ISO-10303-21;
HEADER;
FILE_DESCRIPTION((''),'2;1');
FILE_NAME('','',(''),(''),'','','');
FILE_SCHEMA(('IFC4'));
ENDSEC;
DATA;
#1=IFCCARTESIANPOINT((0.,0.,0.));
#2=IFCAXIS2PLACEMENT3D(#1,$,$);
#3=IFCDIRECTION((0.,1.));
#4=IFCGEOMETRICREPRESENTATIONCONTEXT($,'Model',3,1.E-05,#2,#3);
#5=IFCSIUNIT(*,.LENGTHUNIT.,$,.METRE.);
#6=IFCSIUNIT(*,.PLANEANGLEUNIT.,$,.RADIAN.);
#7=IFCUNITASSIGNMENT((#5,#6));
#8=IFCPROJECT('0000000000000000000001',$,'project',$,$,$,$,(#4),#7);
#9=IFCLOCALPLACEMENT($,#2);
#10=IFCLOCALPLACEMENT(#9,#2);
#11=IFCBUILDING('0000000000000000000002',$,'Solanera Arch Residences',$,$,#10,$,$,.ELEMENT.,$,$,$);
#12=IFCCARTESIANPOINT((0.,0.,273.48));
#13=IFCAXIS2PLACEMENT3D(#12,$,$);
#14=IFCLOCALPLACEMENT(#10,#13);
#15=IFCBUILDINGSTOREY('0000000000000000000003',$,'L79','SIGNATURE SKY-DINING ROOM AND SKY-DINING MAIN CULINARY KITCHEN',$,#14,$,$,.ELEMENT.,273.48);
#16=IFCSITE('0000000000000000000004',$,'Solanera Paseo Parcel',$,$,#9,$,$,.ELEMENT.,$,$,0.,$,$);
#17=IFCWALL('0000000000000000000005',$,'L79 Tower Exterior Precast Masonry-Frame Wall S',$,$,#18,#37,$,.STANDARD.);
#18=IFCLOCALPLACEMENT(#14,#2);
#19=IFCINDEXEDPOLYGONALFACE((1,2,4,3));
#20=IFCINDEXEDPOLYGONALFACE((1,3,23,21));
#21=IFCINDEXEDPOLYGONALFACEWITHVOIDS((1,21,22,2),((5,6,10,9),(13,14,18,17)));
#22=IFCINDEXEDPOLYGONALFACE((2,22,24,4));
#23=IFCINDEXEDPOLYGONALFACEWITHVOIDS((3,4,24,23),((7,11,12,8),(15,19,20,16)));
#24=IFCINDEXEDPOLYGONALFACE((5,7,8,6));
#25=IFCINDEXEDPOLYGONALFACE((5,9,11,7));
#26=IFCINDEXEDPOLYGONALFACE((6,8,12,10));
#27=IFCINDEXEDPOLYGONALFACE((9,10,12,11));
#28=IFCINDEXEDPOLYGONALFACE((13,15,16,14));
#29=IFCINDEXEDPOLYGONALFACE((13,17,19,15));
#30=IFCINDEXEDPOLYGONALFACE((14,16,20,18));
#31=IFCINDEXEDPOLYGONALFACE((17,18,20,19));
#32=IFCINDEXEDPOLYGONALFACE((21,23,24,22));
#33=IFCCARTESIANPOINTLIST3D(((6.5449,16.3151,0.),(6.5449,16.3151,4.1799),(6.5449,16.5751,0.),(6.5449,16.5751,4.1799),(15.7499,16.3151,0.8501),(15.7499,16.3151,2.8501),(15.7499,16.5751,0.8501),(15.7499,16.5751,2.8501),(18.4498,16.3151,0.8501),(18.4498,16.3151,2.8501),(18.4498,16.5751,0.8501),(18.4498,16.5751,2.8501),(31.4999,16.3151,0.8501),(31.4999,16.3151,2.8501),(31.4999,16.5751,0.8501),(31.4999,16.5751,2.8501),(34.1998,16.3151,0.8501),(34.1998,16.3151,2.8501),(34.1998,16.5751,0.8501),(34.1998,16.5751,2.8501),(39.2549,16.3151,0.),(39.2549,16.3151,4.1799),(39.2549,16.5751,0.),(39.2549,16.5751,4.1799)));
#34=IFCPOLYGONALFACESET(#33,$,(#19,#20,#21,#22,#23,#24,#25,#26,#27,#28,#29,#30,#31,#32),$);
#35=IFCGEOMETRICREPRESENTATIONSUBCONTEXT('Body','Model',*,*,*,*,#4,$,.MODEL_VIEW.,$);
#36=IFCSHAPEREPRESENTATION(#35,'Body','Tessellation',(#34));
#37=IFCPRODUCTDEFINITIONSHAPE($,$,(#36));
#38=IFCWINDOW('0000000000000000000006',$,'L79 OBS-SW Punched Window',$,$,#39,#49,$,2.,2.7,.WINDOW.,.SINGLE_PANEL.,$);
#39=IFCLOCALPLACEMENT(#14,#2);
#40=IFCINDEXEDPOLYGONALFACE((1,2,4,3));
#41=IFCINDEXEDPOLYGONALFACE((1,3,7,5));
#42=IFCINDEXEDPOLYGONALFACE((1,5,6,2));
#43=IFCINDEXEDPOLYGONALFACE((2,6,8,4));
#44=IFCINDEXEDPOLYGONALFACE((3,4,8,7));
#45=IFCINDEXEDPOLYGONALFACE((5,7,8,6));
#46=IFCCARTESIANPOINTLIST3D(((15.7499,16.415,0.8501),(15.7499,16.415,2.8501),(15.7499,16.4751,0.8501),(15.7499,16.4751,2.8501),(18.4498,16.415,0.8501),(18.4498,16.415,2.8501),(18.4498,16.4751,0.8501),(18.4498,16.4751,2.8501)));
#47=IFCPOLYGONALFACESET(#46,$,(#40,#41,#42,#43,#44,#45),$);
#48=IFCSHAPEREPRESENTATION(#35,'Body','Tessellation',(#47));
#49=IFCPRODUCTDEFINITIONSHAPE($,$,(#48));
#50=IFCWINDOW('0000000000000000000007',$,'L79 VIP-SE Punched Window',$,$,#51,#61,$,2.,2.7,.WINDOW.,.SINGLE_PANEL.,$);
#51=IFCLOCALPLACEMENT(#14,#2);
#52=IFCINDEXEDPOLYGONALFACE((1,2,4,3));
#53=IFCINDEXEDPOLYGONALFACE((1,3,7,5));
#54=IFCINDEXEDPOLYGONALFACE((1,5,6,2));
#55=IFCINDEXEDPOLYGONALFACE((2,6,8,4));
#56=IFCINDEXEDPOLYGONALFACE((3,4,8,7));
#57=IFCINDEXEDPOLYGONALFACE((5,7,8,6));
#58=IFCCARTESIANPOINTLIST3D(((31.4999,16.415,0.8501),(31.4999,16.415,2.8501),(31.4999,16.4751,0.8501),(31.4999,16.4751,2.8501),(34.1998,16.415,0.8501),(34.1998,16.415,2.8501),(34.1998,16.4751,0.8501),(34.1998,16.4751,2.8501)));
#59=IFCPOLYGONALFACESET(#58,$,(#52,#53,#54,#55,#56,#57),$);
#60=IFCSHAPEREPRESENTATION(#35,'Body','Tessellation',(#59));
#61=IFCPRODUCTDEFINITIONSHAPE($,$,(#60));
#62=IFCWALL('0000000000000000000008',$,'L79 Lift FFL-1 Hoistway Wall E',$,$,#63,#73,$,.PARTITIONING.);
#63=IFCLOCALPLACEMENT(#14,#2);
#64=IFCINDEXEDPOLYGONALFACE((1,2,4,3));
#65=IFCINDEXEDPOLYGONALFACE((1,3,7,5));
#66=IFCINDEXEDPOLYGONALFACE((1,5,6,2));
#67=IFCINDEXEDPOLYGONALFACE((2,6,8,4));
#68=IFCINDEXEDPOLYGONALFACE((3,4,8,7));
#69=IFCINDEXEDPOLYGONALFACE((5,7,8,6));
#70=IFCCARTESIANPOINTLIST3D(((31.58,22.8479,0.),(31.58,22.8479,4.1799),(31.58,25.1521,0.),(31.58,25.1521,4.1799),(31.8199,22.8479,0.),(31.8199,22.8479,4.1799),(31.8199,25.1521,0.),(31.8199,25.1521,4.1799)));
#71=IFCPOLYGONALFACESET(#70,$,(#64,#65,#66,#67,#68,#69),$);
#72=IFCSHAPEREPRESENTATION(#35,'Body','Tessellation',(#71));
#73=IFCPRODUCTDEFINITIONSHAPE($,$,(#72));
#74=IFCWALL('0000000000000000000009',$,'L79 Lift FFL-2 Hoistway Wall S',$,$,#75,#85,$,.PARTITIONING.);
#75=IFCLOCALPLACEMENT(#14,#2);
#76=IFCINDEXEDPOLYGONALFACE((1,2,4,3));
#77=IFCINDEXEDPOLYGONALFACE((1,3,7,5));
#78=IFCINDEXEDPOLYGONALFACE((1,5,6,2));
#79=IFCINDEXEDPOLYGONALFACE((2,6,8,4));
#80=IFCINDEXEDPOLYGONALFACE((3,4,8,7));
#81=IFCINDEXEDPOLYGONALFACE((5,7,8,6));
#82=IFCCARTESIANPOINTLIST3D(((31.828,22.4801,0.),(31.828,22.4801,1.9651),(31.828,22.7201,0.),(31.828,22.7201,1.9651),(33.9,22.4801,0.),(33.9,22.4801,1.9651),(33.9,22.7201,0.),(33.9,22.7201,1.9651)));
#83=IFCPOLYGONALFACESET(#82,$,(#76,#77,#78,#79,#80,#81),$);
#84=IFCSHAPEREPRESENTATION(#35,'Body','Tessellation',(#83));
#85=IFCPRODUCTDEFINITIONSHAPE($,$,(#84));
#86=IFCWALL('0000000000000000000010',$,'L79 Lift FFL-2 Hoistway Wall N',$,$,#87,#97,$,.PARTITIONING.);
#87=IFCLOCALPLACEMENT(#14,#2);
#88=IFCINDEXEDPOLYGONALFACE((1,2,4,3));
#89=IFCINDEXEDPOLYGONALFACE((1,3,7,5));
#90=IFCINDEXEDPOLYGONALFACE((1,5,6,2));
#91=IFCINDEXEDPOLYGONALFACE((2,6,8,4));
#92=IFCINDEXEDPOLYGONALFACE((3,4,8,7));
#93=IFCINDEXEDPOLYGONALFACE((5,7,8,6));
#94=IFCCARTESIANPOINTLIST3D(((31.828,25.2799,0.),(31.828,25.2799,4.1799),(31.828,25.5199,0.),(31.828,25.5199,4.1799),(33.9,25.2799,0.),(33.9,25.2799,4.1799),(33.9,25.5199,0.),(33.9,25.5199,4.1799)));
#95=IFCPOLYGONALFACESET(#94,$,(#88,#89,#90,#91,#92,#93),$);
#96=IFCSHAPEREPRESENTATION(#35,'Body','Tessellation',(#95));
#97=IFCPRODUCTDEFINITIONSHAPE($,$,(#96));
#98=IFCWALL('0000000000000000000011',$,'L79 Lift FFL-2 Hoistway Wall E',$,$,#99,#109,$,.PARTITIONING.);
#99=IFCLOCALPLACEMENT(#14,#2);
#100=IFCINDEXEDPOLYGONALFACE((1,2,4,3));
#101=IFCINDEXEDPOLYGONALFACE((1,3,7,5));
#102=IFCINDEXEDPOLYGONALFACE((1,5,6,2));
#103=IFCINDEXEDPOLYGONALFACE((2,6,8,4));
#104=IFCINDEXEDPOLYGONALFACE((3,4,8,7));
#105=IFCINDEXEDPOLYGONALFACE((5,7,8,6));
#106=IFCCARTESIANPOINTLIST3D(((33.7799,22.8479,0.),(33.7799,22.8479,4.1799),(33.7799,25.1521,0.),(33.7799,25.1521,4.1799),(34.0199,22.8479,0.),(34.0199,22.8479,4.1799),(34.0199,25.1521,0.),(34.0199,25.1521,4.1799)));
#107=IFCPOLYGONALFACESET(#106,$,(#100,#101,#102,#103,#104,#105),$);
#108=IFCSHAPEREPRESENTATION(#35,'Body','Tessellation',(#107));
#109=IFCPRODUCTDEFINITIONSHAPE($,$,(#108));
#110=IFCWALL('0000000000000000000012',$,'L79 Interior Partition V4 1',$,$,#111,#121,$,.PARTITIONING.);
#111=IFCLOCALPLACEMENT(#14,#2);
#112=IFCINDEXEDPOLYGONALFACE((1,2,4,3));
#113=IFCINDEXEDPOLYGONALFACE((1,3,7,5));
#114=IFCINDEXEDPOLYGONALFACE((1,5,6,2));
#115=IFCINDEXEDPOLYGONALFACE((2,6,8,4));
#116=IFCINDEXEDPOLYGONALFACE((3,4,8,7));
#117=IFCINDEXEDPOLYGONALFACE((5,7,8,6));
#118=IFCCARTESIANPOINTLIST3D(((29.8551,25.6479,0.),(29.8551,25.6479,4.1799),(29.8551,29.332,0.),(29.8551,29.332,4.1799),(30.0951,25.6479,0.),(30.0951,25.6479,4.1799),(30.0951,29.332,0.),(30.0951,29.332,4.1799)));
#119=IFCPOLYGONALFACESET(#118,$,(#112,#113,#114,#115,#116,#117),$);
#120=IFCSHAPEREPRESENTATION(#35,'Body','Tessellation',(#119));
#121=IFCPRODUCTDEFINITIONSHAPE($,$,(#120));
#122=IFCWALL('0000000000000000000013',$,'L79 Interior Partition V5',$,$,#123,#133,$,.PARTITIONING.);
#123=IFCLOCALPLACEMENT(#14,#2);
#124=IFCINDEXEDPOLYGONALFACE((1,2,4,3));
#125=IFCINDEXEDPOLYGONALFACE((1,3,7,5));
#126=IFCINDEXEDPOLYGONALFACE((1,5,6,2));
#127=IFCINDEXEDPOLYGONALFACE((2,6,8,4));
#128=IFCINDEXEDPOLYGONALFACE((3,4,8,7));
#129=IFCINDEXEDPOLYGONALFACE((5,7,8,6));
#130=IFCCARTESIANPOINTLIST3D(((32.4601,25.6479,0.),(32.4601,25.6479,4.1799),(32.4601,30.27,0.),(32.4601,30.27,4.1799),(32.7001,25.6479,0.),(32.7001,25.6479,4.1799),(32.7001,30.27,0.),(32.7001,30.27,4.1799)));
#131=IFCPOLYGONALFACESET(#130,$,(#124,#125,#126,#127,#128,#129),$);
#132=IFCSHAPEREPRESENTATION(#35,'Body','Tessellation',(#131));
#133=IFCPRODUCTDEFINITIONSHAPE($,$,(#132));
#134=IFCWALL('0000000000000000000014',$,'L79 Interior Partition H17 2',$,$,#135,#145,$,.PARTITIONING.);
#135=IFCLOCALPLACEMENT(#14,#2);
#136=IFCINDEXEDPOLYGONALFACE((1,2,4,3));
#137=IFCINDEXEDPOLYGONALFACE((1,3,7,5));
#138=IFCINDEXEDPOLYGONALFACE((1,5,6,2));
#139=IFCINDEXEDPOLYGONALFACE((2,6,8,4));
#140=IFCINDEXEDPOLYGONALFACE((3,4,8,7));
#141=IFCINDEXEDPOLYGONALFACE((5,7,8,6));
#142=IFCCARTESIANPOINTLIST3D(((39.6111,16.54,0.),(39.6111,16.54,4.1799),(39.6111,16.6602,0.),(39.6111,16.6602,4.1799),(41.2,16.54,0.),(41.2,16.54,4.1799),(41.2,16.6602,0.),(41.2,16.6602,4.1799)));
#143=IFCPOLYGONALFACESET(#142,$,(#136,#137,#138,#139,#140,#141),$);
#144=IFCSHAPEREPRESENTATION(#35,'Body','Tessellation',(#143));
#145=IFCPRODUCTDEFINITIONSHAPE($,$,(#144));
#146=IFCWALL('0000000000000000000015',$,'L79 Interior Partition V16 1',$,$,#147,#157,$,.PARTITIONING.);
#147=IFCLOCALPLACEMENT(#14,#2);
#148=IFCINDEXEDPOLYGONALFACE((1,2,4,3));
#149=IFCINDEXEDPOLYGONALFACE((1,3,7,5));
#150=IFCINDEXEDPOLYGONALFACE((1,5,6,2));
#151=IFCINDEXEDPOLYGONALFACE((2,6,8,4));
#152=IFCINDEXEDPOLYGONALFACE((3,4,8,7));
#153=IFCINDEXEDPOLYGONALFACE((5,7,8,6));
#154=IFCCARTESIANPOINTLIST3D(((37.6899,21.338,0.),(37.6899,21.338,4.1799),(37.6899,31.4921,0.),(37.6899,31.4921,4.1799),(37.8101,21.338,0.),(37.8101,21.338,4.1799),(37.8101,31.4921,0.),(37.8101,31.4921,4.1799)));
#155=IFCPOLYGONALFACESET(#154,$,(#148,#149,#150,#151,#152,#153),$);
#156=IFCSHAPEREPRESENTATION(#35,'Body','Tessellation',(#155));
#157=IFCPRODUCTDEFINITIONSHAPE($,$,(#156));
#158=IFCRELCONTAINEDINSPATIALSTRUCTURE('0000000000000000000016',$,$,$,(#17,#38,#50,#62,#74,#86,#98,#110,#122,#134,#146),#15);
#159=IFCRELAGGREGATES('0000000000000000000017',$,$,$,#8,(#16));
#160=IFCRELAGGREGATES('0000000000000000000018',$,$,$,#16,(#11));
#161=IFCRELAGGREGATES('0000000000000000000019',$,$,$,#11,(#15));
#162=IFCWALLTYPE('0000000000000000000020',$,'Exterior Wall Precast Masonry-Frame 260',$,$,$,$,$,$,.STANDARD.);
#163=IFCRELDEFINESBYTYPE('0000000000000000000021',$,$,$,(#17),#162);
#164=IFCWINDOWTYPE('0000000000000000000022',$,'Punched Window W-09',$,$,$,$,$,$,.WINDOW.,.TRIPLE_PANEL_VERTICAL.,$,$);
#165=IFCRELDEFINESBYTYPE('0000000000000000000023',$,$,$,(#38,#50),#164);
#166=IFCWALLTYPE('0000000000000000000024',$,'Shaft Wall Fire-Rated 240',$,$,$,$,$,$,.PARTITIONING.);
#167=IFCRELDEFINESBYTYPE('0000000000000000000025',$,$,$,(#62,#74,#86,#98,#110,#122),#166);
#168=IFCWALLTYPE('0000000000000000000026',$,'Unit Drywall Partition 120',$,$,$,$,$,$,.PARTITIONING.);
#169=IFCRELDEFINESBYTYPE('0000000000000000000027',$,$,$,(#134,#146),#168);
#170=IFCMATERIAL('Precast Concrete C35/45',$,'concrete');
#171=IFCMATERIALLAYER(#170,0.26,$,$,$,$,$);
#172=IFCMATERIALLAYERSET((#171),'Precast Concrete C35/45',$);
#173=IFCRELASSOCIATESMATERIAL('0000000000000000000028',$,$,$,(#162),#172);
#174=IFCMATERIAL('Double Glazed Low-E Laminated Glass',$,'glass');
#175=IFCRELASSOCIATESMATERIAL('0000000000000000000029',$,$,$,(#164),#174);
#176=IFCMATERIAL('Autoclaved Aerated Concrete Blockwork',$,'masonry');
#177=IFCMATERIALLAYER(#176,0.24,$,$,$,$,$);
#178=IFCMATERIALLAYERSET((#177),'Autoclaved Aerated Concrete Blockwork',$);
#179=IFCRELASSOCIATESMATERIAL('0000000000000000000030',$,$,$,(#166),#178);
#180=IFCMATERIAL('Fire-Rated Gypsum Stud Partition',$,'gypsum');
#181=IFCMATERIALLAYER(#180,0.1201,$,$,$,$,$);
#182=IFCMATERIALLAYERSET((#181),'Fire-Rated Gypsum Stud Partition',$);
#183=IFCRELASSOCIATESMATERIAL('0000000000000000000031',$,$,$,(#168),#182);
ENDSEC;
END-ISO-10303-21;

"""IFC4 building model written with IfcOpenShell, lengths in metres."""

from ifc_helpers import new_model, si_unit, direction, frame, frame_2d, origin, place, context, subcontext, project, spatial, rectangle, extrude, material, layer, layer_set, type_object, element, fill, save


model = new_model("IFC4")

# Units and contexts
model_context = context("Model", 3, precision=1e-05, world=origin(), true_north=direction((0.0, 1.0)))
body_context = subcontext(model_context, "Body", "Model", "MODEL_VIEW")
ifc_project = project(units=[si_unit("LENGTHUNIT", "METRE"), si_unit("PLANEANGLEUNIT", "RADIAN")], contexts=[model_context])

# Site, building, storey
site_placement = place(None, origin())
site = spatial("IfcSite", under=ifc_project, at=site_placement, Name="Solanera Paseo Parcel", CompositionType="ELEMENT", RefElevation=0.0)
building_placement = place(site_placement, origin())
building = spatial("IfcBuilding", under=site, at=building_placement, Name="Solanera Arch Residences", CompositionType="ELEMENT")
storey_placement = place(building_placement, frame((0.0, 0.0, 273.48)))
storey = spatial("IfcBuildingStorey", under=building, at=storey_placement, Name="L79", Description="SIGNATURE SKY-DINING ROOM AND SKY-DINING MAIN CULINARY KITCHEN", CompositionType="ELEMENT", Elevation=273.48)

# Shared definitions
ifc_material_1 = material(Name="Precast Concrete C35/45", Category="concrete")
ifc_layer_1 = layer(ifc_material_1, 0.26)
ifc_layer_set_1 = layer_set([ifc_layer_1], Name="Precast Concrete C35/45")
wall_type_1 = type_object("IfcWallType", Name="Exterior Wall Precast Masonry-Frame 260", PredefinedType="STANDARD", material=ifc_layer_set_1)

# Wall, openings, windows
wall_1_placement = place(storey_placement, frame((39.2549, 16.4451, 0.0), z_axis=(0.0, 0.0, 1.0), x_axis=(-1.0, 0.0, 0.0)))
wall_1 = element("IfcWall", 1, at=wall_1_placement, inside=storey, type_object=wall_type_1, Name="L79 Tower Exterior Precast Masonry-Frame Wall S", PredefinedType="STANDARD", context=body_context, shape_type="SweptSolid", body=[
    extrude(rectangle(XDim=32.71, YDim=0.26, at=frame_2d((16.355, 0.0))), origin(), (0.0, 0.0, 1.0), 4.1799),
])
opening_1_placement = place(wall_1_placement, frame((20.8049, 0.0, 0.8501)))
opening_1 = element("IfcOpeningElement", 2, at=opening_1_placement, cuts=wall_1, PredefinedType="OPENING", context=body_context, shape_type="SweptSolid", body=[
    extrude(rectangle(XDim=2.7, YDim=2.0, at=frame_2d((1.3501, 1.0))), frame((0.0, 0.1399, 0.0), z_axis=(0.0, -1.0, 0.0), x_axis=(1.0, 0.0, 0.0)), (0.0, 0.0, 1.0), 0.28),
])
opening_2_placement = place(wall_1_placement, frame((5.0549, 0.0, 0.8501)))
opening_2 = element("IfcOpeningElement", 3, at=opening_2_placement, cuts=wall_1, PredefinedType="OPENING", context=body_context, shape_type="SweptSolid", body=[
    extrude(rectangle(XDim=2.7, YDim=2.0, at=frame_2d((1.3501, 1.0))), frame((0.0, 0.1399, 0.0), z_axis=(0.0, -1.0, 0.0), x_axis=(1.0, 0.0, 0.0)), (0.0, 0.0, 1.0), 0.28),
])
ifc_material_2 = material(Name="Double Glazed Low-E Laminated Glass", Category="glass")
window_type = type_object("IfcWindowType", Name="Punched Window W-09", PartitioningType="TRIPLE_PANEL_VERTICAL", PredefinedType="WINDOW", material=ifc_material_2)
window_1_placement = place(opening_1_placement, origin())
window_1 = element("IfcWindow", 4, at=window_1_placement, inside=storey, type_object=window_type, Name="L79 OBS-SW Punched Window", OverallHeight=2.0, OverallWidth=2.7, PartitioningType="SINGLE_PANEL", PredefinedType="WINDOW", context=body_context, shape_type="SweptSolid", body=[
    extrude(rectangle(XDim=2.7, YDim=2.0, at=frame_2d((1.3501, 1.0))), frame((0.0, 0.03, 0.0), z_axis=(0.0, -1.0, 0.0), x_axis=(1.0, 0.0, 0.0)), (0.0, 0.0, 1.0), 0.0601),
])
fill(opening_1, window_1)
window_2_placement = place(opening_2_placement, origin())
window_2 = element("IfcWindow", 5, at=window_2_placement, inside=storey, type_object=window_type, Name="L79 VIP-SE Punched Window", OverallHeight=2.0, OverallWidth=2.7, PartitioningType="SINGLE_PANEL", PredefinedType="WINDOW", context=body_context, shape_type="SweptSolid", body=[
    extrude(rectangle(XDim=2.7, YDim=2.0, at=frame_2d((1.3501, 1.0))), frame((0.0, 0.03, 0.0), z_axis=(0.0, -1.0, 0.0), x_axis=(1.0, 0.0, 0.0)), (0.0, 0.0, 1.0), 0.0601),
])
fill(opening_2, window_2)

# Walls
ifc_material_3 = material(Name="Autoclaved Aerated Concrete Blockwork", Category="masonry")
ifc_layer_2 = layer(ifc_material_3, 0.24)
ifc_layer_set_2 = layer_set([ifc_layer_2], Name="Autoclaved Aerated Concrete Blockwork")
wall_type_2 = type_object("IfcWallType", Name="Shaft Wall Fire-Rated 240", PredefinedType="PARTITIONING", material=ifc_layer_set_2)
wall_2_placement = place(storey_placement, frame((31.7, 22.8479, 0.0), z_axis=(0.0, 0.0, 1.0), x_axis=(0.0, 1.0, 0.0)))
element("IfcWall", 6, at=wall_2_placement, inside=storey, type_object=wall_type_2, Name="L79 Lift FFL-1 Hoistway Wall E", PredefinedType="PARTITIONING", context=body_context, shape_type="SweptSolid", body=[
    extrude(rectangle(XDim=2.3042, YDim=0.24, at=frame_2d((1.1521, 0.0))), origin(), (0.0, 0.0, 1.0), 4.1799),
])
wall_3_placement = place(storey_placement, frame((31.8279, 22.6001, 0.0), z_axis=(0.0, 0.0, 1.0), x_axis=(1.0, 0.0, 0.0)))
element("IfcWall", 7, at=wall_3_placement, inside=storey, type_object=wall_type_2, Name="L79 Lift FFL-2 Hoistway Wall S", PredefinedType="PARTITIONING", context=body_context, shape_type="SweptSolid", body=[
    extrude(rectangle(XDim=2.072, YDim=0.24, at=frame_2d((1.0361, 0.0))), origin(), (0.0, 0.0, 1.0), 1.9651),
])
wall_4_placement = place(storey_placement, frame((31.8279, 25.3999, 0.0), z_axis=(0.0, 0.0, 1.0), x_axis=(1.0, 0.0, 0.0)))
element("IfcWall", 8, at=wall_4_placement, inside=storey, type_object=wall_type_2, Name="L79 Lift FFL-2 Hoistway Wall N", PredefinedType="PARTITIONING", context=body_context, shape_type="SweptSolid", body=[
    extrude(rectangle(XDim=2.072, YDim=0.24, at=frame_2d((1.0361, 0.0))), origin(), (0.0, 0.0, 1.0), 4.1799),
])
wall_5_placement = place(storey_placement, frame((33.8999, 22.8479, 0.0), z_axis=(0.0, 0.0, 1.0), x_axis=(0.0, 1.0, 0.0)))
element("IfcWall", 9, at=wall_5_placement, inside=storey, type_object=wall_type_2, Name="L79 Lift FFL-2 Hoistway Wall E", PredefinedType="PARTITIONING", context=body_context, shape_type="SweptSolid", body=[
    extrude(rectangle(XDim=2.3042, YDim=0.24, at=frame_2d((1.1521, 0.0))), origin(), (0.0, 0.0, 1.0), 4.1799),
])
wall_6_placement = place(storey_placement, frame((29.9751, 25.6479, 0.0), z_axis=(0.0, 0.0, 1.0), x_axis=(0.0, 1.0, 0.0)))
element("IfcWall", 10, at=wall_6_placement, inside=storey, type_object=wall_type_2, Name="L79 Interior Partition V4 1", PredefinedType="PARTITIONING", context=body_context, shape_type="SweptSolid", body=[
    extrude(rectangle(XDim=3.6841, YDim=0.24, at=frame_2d((1.842, 0.0))), origin(), (0.0, 0.0, 1.0), 4.1799),
])

# Walls
wall_7_placement = place(storey_placement, frame((32.5801, 25.6479, 0.0), z_axis=(0.0, 0.0, 1.0), x_axis=(0.0, 1.0, 0.0)))
element("IfcWall", 11, at=wall_7_placement, inside=storey, type_object=wall_type_2, Name="L79 Interior Partition V5", PredefinedType="PARTITIONING", context=body_context, shape_type="SweptSolid", body=[
    extrude(rectangle(XDim=4.6221, YDim=0.24, at=frame_2d((2.311, 0.0))), origin(), (0.0, 0.0, 1.0), 4.1799),
])
ifc_material_4 = material(Name="Fire-Rated Gypsum Stud Partition", Category="gypsum")
ifc_layer_3 = layer(ifc_material_4, 0.1201)
ifc_layer_set_3 = layer_set([ifc_layer_3], Name="Fire-Rated Gypsum Stud Partition")
wall_type_3 = type_object("IfcWallType", Name="Unit Drywall Partition 120", PredefinedType="PARTITIONING", material=ifc_layer_set_3)
wall_8_placement = place(storey_placement, frame((39.6111, 16.6001, 0.0), z_axis=(0.0, 0.0, 1.0), x_axis=(1.0, 0.0, 0.0)))
element("IfcWall", 12, at=wall_8_placement, inside=storey, type_object=wall_type_3, Name="L79 Interior Partition H17 2", PredefinedType="PARTITIONING", context=body_context, shape_type="SweptSolid", body=[
    extrude(rectangle(XDim=1.5889, YDim=0.1201, at=frame_2d((0.7944, 0.0))), origin(), (0.0, 0.0, 1.0), 4.1799),
])
wall_9_placement = place(storey_placement, frame((37.75, 21.3379, 0.0), z_axis=(0.0, 0.0, 1.0), x_axis=(0.0, 1.0, 0.0)))
element("IfcWall", 13, at=wall_9_placement, inside=storey, type_object=wall_type_3, Name="L79 Interior Partition V16 1", PredefinedType="PARTITIONING", context=body_context, shape_type="SweptSolid", body=[
    extrude(rectangle(XDim=10.1541, YDim=0.1201, at=frame_2d((5.0771, 0.0))), origin(), (0.0, 0.0, 1.0), 4.1799),
])

save(model, "model.ifc")
